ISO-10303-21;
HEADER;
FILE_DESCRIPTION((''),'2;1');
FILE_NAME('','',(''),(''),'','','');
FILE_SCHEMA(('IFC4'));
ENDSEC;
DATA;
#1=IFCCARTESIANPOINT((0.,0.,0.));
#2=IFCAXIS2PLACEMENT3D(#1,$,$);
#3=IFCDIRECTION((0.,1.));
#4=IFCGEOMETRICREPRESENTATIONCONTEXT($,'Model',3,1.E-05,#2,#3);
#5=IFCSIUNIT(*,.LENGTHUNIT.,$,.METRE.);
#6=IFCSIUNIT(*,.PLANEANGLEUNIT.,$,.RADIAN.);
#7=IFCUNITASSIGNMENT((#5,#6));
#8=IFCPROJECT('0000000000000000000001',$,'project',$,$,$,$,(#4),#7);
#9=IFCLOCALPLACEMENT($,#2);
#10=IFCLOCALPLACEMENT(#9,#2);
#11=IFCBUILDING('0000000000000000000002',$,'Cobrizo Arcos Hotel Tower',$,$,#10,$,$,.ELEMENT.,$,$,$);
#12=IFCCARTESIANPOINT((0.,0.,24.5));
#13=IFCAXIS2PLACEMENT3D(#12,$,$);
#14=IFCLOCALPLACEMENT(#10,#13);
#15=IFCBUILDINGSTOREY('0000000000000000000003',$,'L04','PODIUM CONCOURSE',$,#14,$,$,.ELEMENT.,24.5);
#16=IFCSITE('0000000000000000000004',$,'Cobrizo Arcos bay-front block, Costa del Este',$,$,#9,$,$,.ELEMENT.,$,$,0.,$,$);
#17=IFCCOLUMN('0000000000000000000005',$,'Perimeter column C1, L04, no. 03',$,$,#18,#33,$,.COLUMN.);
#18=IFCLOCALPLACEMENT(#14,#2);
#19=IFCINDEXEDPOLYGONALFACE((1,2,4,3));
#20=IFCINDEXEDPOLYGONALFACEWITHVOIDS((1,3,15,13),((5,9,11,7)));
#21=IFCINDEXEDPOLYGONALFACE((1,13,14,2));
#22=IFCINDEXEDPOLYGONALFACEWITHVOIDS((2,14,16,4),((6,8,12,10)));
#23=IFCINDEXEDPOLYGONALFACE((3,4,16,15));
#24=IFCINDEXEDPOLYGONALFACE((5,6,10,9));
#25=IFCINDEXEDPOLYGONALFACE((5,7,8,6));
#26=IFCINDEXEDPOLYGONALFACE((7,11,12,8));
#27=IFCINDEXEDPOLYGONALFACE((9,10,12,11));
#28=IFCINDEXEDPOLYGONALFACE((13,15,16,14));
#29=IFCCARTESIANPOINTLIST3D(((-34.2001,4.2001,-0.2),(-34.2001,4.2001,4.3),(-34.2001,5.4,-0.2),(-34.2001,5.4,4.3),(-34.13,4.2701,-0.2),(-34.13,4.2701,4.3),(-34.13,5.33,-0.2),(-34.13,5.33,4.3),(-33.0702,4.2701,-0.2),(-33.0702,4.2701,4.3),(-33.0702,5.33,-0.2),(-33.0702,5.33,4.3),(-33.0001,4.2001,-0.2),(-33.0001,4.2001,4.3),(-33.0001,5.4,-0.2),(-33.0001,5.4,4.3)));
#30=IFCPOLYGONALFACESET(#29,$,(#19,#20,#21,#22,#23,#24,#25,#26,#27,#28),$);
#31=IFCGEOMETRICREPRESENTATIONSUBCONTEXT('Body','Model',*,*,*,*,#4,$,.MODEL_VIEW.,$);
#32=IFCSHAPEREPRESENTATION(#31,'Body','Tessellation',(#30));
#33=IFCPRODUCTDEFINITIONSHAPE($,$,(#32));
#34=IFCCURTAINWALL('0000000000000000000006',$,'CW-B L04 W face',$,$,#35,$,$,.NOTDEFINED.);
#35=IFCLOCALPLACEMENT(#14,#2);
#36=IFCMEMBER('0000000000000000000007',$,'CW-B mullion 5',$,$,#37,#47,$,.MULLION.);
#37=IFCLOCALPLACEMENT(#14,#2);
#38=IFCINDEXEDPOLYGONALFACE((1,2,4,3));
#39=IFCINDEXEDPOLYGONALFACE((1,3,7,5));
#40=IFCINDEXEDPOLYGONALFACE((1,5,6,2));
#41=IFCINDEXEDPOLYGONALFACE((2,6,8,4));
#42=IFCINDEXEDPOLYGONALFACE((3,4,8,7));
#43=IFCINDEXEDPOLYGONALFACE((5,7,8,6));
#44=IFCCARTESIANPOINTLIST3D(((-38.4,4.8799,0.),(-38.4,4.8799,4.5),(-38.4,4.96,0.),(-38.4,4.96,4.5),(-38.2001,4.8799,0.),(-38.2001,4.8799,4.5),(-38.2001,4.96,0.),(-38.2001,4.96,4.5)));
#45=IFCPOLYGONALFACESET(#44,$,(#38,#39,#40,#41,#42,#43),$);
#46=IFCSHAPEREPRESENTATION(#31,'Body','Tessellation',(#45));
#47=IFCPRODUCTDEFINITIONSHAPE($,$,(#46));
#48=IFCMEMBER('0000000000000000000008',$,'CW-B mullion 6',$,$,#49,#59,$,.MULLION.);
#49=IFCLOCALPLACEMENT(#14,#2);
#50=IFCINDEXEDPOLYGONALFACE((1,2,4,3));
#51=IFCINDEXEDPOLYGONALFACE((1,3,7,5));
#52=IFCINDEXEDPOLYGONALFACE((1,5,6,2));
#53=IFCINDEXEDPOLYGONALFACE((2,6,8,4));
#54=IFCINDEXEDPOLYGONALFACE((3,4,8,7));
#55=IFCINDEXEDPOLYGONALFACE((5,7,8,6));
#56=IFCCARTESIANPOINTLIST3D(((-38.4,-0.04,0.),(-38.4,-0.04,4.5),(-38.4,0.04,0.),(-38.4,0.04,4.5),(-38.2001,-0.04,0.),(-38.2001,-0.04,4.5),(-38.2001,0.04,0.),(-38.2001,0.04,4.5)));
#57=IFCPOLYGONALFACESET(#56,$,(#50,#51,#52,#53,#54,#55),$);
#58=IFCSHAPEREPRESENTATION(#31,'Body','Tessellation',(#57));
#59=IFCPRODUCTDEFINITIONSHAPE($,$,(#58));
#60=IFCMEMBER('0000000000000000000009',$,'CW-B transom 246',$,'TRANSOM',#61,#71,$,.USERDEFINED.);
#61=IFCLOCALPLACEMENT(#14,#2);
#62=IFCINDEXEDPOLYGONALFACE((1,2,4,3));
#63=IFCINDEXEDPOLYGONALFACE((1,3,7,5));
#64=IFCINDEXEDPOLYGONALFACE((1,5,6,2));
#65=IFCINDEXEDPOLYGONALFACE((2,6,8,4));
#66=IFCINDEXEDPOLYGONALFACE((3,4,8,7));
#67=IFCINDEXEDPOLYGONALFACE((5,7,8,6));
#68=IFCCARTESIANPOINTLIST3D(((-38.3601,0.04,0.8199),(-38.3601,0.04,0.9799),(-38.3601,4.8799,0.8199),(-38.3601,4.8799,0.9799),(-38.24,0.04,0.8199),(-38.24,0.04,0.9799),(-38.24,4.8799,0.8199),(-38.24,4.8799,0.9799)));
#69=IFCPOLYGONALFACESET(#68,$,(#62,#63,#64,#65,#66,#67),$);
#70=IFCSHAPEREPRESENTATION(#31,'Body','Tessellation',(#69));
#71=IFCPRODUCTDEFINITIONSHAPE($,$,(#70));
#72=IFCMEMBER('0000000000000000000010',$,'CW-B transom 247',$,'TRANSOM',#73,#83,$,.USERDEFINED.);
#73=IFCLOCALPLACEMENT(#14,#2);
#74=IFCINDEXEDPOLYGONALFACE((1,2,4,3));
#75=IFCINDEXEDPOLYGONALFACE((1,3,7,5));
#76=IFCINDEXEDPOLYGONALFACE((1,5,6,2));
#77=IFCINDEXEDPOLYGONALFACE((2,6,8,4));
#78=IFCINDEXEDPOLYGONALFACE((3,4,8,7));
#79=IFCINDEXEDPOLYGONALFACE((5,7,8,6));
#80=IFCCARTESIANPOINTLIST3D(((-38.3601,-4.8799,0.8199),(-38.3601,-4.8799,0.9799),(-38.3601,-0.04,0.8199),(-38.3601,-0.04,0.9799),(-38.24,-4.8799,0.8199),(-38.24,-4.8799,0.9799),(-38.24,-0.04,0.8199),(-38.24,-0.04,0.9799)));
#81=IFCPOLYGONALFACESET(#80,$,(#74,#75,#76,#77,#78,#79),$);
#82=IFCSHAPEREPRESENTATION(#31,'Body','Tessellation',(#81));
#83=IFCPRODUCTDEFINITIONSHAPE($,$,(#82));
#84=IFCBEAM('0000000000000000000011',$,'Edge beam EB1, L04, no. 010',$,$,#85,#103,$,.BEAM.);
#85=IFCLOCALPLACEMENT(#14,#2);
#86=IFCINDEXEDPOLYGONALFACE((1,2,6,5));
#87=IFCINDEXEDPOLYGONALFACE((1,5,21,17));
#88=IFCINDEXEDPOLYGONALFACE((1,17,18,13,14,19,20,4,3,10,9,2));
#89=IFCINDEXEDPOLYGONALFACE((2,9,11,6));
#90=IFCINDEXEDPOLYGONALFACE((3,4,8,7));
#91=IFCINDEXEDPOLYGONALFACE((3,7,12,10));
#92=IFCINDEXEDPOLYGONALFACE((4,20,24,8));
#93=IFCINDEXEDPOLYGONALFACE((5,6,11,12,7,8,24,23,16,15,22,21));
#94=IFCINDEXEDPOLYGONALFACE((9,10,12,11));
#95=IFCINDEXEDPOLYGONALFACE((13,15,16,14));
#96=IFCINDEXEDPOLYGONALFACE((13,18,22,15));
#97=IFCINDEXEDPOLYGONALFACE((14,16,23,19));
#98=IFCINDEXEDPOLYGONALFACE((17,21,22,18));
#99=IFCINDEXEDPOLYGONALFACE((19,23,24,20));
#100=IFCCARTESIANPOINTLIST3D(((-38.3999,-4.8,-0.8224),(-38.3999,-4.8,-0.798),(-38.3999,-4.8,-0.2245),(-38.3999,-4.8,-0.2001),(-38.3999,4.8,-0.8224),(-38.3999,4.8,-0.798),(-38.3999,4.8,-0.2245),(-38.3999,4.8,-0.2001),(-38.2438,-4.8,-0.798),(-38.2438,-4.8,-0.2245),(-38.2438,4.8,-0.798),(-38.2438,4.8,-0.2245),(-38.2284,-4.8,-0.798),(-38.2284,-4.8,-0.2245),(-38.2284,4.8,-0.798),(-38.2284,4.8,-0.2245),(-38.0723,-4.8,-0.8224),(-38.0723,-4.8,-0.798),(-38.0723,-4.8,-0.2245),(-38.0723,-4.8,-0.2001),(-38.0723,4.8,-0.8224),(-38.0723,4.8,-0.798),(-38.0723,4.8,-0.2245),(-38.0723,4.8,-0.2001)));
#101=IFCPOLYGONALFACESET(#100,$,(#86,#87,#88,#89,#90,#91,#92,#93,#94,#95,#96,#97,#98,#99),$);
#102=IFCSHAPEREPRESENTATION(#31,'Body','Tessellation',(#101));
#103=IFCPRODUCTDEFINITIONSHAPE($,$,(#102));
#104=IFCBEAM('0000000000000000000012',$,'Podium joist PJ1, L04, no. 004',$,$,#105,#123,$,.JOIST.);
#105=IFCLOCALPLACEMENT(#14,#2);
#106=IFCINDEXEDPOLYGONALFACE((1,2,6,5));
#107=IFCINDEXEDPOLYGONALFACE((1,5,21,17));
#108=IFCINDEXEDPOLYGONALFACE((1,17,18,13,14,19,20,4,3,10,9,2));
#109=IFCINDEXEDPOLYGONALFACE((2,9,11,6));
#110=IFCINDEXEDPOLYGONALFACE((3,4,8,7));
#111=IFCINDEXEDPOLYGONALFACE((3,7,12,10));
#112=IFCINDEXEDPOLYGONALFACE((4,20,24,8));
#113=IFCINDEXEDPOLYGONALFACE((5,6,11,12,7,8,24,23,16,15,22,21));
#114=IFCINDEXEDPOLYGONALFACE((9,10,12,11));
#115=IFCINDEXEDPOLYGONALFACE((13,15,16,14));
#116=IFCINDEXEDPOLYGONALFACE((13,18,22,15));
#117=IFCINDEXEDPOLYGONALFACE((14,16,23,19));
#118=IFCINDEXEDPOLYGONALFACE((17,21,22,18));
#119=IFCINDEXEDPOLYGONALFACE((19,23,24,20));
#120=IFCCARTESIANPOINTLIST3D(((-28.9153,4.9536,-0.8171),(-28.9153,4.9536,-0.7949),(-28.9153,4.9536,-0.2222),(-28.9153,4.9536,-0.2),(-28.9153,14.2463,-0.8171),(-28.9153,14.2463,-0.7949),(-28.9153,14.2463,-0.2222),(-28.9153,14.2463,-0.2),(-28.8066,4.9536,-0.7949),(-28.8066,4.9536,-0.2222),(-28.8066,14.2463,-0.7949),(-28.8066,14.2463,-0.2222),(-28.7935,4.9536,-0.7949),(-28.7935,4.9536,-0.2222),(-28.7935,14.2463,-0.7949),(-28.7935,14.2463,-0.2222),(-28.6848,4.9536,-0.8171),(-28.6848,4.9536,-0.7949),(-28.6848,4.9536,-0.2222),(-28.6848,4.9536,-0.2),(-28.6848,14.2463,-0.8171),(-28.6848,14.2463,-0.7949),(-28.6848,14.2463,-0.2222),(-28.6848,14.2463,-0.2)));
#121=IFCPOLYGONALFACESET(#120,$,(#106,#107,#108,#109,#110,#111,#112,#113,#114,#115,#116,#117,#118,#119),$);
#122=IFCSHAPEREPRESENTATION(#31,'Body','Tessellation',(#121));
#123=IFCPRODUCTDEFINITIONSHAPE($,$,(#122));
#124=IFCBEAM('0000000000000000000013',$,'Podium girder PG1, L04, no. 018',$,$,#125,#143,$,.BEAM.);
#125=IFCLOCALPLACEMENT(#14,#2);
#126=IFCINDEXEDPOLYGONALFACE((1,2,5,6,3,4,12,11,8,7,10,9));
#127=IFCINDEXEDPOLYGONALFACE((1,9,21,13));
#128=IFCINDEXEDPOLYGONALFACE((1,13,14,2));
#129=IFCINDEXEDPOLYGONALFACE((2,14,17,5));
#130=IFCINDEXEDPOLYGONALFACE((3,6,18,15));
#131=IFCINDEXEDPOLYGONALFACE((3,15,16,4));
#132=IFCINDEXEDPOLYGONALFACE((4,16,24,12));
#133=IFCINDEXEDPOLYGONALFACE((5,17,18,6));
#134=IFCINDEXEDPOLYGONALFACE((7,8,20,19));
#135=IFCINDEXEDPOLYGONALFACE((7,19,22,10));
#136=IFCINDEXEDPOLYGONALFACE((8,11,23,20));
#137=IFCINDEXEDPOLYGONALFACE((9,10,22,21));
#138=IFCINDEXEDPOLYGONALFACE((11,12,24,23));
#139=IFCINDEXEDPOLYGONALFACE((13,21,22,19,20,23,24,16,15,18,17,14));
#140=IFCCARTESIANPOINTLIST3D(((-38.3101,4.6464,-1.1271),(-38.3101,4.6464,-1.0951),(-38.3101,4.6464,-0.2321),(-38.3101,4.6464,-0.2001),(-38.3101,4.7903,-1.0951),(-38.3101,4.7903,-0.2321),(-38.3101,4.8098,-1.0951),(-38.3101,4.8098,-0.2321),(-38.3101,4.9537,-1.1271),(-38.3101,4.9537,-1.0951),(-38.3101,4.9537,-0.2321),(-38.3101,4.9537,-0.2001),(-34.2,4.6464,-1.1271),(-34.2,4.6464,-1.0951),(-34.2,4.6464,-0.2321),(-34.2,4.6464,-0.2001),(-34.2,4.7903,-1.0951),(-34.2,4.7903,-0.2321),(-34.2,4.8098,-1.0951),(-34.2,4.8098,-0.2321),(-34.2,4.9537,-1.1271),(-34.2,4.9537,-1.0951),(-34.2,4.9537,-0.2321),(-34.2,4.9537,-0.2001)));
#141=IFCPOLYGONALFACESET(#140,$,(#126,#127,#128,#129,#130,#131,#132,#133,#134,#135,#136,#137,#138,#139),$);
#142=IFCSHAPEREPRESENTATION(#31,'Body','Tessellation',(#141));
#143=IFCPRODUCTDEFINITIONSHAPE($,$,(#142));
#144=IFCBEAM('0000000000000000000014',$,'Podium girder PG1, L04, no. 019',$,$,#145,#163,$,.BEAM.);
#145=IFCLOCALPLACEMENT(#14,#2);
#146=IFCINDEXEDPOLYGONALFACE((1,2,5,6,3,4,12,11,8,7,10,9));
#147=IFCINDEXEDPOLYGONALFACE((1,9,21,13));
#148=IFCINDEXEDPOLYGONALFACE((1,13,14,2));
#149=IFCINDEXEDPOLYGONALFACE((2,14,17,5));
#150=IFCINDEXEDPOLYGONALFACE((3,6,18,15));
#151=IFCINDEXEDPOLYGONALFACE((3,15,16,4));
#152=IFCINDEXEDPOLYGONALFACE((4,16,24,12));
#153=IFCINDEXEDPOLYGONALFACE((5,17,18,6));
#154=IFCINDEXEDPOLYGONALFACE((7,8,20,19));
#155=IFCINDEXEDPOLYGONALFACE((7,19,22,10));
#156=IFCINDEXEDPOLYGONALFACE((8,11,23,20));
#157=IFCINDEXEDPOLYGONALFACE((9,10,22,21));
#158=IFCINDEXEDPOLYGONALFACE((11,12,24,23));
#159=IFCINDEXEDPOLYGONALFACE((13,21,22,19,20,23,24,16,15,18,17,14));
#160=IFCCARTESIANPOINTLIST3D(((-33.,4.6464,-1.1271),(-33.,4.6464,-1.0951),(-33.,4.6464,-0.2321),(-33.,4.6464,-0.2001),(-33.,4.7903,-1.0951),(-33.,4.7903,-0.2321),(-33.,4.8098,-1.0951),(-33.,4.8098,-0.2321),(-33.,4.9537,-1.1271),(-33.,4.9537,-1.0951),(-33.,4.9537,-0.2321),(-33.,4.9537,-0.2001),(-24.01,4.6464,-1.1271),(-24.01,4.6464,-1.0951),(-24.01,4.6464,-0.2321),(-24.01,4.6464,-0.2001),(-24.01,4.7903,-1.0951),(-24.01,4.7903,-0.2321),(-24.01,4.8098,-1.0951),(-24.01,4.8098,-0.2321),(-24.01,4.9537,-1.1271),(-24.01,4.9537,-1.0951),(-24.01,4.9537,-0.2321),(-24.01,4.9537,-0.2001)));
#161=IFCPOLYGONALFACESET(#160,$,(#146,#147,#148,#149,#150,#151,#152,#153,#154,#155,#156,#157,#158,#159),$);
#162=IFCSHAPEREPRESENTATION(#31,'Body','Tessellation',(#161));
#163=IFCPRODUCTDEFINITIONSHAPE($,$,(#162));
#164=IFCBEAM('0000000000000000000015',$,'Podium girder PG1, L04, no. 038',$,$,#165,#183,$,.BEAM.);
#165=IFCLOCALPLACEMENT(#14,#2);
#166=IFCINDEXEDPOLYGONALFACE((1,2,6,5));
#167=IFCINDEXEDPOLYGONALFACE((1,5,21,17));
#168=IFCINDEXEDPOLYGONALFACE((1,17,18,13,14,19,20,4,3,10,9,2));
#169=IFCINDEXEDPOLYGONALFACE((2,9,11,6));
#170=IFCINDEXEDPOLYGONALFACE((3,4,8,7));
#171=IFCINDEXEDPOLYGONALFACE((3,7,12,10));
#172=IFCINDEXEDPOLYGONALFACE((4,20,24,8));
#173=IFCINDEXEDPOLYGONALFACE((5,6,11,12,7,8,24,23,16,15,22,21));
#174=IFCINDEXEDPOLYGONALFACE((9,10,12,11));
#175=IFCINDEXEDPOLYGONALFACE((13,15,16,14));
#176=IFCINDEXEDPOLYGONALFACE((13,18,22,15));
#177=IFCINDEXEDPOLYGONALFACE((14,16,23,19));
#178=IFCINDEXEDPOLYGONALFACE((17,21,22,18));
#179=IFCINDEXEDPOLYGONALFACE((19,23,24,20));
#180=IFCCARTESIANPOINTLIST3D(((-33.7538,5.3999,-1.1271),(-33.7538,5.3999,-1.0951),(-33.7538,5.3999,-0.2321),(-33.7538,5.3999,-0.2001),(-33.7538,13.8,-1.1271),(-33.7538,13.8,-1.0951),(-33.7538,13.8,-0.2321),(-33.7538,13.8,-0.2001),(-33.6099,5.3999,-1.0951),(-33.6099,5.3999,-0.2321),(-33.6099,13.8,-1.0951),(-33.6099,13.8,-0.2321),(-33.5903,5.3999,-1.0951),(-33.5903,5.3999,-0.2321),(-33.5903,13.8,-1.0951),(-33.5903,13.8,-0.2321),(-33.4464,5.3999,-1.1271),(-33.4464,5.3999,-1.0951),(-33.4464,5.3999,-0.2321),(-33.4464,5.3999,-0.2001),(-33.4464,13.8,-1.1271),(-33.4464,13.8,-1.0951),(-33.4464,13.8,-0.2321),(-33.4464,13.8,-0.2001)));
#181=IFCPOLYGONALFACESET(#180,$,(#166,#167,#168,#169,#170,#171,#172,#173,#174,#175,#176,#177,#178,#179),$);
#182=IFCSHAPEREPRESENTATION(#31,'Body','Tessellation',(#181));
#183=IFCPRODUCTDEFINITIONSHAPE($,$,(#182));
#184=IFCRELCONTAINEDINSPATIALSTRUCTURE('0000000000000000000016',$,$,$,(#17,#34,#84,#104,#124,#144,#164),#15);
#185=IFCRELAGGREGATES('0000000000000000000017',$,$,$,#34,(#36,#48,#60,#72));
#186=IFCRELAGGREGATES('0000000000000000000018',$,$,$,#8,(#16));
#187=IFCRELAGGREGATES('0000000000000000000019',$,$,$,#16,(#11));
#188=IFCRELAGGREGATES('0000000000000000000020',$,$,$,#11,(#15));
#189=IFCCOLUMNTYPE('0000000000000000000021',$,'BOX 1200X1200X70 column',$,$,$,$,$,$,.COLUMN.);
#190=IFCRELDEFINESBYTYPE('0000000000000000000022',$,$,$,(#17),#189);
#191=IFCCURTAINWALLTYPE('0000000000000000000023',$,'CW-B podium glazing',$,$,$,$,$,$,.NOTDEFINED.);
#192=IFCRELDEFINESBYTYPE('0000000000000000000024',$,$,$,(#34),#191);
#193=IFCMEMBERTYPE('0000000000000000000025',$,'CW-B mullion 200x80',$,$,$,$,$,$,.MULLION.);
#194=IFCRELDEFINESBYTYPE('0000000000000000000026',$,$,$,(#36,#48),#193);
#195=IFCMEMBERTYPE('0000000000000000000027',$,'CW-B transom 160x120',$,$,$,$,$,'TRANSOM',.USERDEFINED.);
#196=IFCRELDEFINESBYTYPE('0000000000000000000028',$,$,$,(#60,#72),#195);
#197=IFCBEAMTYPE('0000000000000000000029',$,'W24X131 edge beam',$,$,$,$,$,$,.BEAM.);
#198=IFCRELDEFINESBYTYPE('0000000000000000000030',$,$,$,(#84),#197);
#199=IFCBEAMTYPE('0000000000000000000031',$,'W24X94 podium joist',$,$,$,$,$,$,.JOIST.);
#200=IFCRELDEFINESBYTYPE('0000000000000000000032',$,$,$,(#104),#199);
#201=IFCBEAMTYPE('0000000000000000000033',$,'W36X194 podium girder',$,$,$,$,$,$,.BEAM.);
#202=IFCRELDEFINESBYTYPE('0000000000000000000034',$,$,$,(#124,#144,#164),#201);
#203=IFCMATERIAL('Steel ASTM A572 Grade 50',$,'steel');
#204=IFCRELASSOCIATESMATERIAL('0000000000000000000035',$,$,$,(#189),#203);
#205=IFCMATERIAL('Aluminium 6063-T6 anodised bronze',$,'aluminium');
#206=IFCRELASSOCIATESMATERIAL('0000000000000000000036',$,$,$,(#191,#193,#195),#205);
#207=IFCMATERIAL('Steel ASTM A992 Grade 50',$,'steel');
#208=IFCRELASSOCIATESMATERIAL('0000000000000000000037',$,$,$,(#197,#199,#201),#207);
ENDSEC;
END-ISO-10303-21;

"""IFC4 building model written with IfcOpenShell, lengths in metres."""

from ifc_helpers import new_model, si_unit, direction, frame, origin, origin_2d, place, context, subcontext, project, spatial, rectangle, hollow_rectangle, i_section, extrude, material, material_profile, profile_set, type_object, element, aggregate, save


model = new_model("IFC4")

# Units and contexts
model_context = context("Model", 3, precision=1e-05, world=origin(), true_north=direction((0.0, 1.0)))
body_context = subcontext(model_context, "Body", "Model", "MODEL_VIEW")
ifc_project = project(units=[si_unit("LENGTHUNIT", "METRE"), si_unit("PLANEANGLEUNIT", "RADIAN")], contexts=[model_context])

# Site, building, storey
site_placement = place(None, origin())
site = spatial("IfcSite", under=ifc_project, at=site_placement, Name="Cobrizo Arcos bay-front block, Costa del Este", CompositionType="ELEMENT", RefElevation=0.0)
building_placement = place(site_placement, origin())
building = spatial("IfcBuilding", under=site, at=building_placement, Name="Cobrizo Arcos Hotel Tower", CompositionType="ELEMENT")
storey_placement = place(building_placement, frame((0.0, 0.0, 24.5)))
storey = spatial("IfcBuildingStorey", under=building, at=storey_placement, Name="L04", Description="PODIUM CONCOURSE", CompositionType="ELEMENT", Elevation=24.5)

# Column
ifc_material_1 = material(Name="Steel ASTM A572 Grade 50", Category="steel")
ifc_material_profile_1 = material_profile(ifc_material_1, hollow_rectangle(XDim=1.2, YDim=1.2, WallThickness=0.0701, at=origin_2d()), Name="BOX 1200X1200X70")
ifc_profile_set_1 = profile_set([ifc_material_profile_1], Name="Steel ASTM A572 Grade 50")
column_type = type_object("IfcColumnType", Name="BOX 1200X1200X70 column", PredefinedType="COLUMN", material=ifc_profile_set_1)
column_placement = place(storey_placement, frame((-33.6001, 4.8, -0.2), z_axis=(0.0, 0.0, 1.0), x_axis=(1.0, 0.0, 0.0)))
element("IfcColumn", 1, at=column_placement, inside=storey, type_object=column_type, Name="Perimeter column C1, L04, no. 03", PredefinedType="COLUMN", context=body_context, shape_type="SweptSolid", body=[
    extrude(hollow_rectangle(XDim=1.2, YDim=1.2, WallThickness=0.0701, at=origin_2d()), origin(), (0.0, 0.0, 1.0), 4.5),
])

# Curtain wall, members
ifc_material_2 = material(Name="Aluminium 6063-T6 anodised bronze", Category="aluminium")
curtain_wall_type = type_object("IfcCurtainWallType", Name="CW-B podium glazing", PredefinedType="NOTDEFINED", material=ifc_material_2)
curtain_wall_placement = place(storey_placement, origin())
curtain_wall = element("IfcCurtainWall", 2, at=curtain_wall_placement, inside=storey, type_object=curtain_wall_type, Name="CW-B L04 W face", PredefinedType="NOTDEFINED")
ifc_material_profile_2 = material_profile(ifc_material_2, rectangle(XDim=0.2, YDim=0.0801, at=origin_2d()), Name="CW-B mullion 200x80")
ifc_profile_set_2 = profile_set([ifc_material_profile_2], Name="Aluminium 6063-T6 anodised bronze")
member_type_1 = type_object("IfcMemberType", Name="CW-B mullion 200x80", PredefinedType="MULLION", material=ifc_profile_set_2)
member_1_placement = place(storey_placement, frame((-38.3, 4.9199, 0.0), z_axis=(0.0, 0.0, 1.0), x_axis=(-1.0, 0.0, 0.0)))
member_1 = element("IfcMember", 3, at=member_1_placement, type_object=member_type_1, Name="CW-B mullion 5", PredefinedType="MULLION", context=body_context, shape_type="SweptSolid", body=[
    extrude(rectangle(XDim=0.2, YDim=0.0801, at=origin_2d()), origin(), (0.0, 0.0, 1.0), 4.5),
])
member_2_placement = place(storey_placement, frame((-38.3, 0.0, 0.0), z_axis=(0.0, 0.0, 1.0), x_axis=(-1.0, 0.0, 0.0)))
member_2 = element("IfcMember", 4, at=member_2_placement, type_object=member_type_1, Name="CW-B mullion 6", PredefinedType="MULLION", context=body_context, shape_type="SweptSolid", body=[
    extrude(rectangle(XDim=0.2, YDim=0.0801, at=origin_2d()), origin(), (0.0, 0.0, 1.0), 4.5),
])
ifc_material_profile_3 = material_profile(ifc_material_2, rectangle(XDim=0.1201, YDim=0.1599, at=origin_2d()), Name="CW-B transom 160x120")
ifc_profile_set_3 = profile_set([ifc_material_profile_3], Name="Aluminium 6063-T6 anodised bronze")
member_type_2 = type_object("IfcMemberType", Name="CW-B transom 160x120", ElementType="TRANSOM", PredefinedType="USERDEFINED", material=ifc_profile_set_3)
member_3_placement = place(storey_placement, frame((-38.3, 4.8799, 0.8999), z_axis=(0.0, -1.0, 0.0), x_axis=(1.0, 0.0, 0.0)))
member_3 = element("IfcMember", 5, at=member_3_placement, type_object=member_type_2, Name="CW-B transom 246", ObjectType="TRANSOM", PredefinedType="USERDEFINED", context=body_context, shape_type="SweptSolid", body=[
    extrude(rectangle(XDim=0.1201, YDim=0.1599, at=origin_2d()), origin(), (0.0, 0.0, 1.0), 4.8398),
])
member_4_placement = place(storey_placement, frame((-38.3, -0.04, 0.8999), z_axis=(0.0, -1.0, 0.0), x_axis=(1.0, 0.0, 0.0)))
member_4 = element("IfcMember", 6, at=member_4_placement, type_object=member_type_2, Name="CW-B transom 247", ObjectType="TRANSOM", PredefinedType="USERDEFINED", context=body_context, shape_type="SweptSolid", body=[
    extrude(rectangle(XDim=0.1201, YDim=0.1599, at=origin_2d()), origin(), (0.0, 0.0, 1.0), 4.8398),
])

# Beams
ifc_material_3 = material(Name="Steel ASTM A992 Grade 50", Category="steel")
ifc_material_profile_4 = material_profile(ifc_material_3, i_section(OverallWidth=0.3276, OverallDepth=0.6223, WebThickness=0.0154, FlangeThickness=0.0244, at=origin_2d()), Name="W24X131")
ifc_profile_set_4 = profile_set([ifc_material_profile_4], Name="Steel ASTM A992 Grade 50")
beam_type_1 = type_object("IfcBeamType", Name="W24X131 edge beam", PredefinedType="BEAM", material=ifc_profile_set_4)
beam_1_placement = place(storey_placement, frame((-38.2361, 4.8, -0.5112), z_axis=(0.0, -1.0, 0.0), x_axis=(1.0, 0.0, 0.0)))
element("IfcBeam", 7, at=beam_1_placement, inside=storey, type_object=beam_type_1, Name="Edge beam EB1, L04, no. 010", PredefinedType="BEAM", context=body_context, shape_type="SweptSolid", body=[
    extrude(i_section(OverallWidth=0.3276, OverallDepth=0.6223, WebThickness=0.0154, FlangeThickness=0.0244, at=origin_2d()), origin(), (0.0, 0.0, 1.0), 9.6001),
])
ifc_material_profile_5 = material_profile(ifc_material_3, i_section(OverallWidth=0.2305, OverallDepth=0.6172, WebThickness=0.0132, FlangeThickness=0.0222, at=origin_2d()), Name="W24X94")
ifc_profile_set_5 = profile_set([ifc_material_profile_5], Name="Steel ASTM A992 Grade 50")
beam_type_2 = type_object("IfcBeamType", Name="W24X94 podium joist", PredefinedType="JOIST", material=ifc_profile_set_5)
beam_2_placement = place(storey_placement, frame((-28.8, 4.9536, -0.5085), z_axis=(0.0, 1.0, 0.0), x_axis=(-1.0, 0.0, 0.0)))
element("IfcBeam", 8, at=beam_2_placement, inside=storey, type_object=beam_type_2, Name="Podium joist PJ1, L04, no. 004", PredefinedType="JOIST", context=body_context, shape_type="SweptSolid", body=[
    extrude(i_section(OverallWidth=0.2305, OverallDepth=0.6172, WebThickness=0.0132, FlangeThickness=0.0222, at=origin_2d()), origin(), (0.0, 0.0, 1.0), 9.2927),
])
ifc_material_profile_6 = material_profile(ifc_material_3, i_section(OverallWidth=0.3074, OverallDepth=0.927, WebThickness=0.0195, FlangeThickness=0.032, at=origin_2d()), Name="W36X194")
ifc_profile_set_6 = profile_set([ifc_material_profile_6], Name="Steel ASTM A992 Grade 50")
beam_type_3 = type_object("IfcBeamType", Name="W36X194 podium girder", PredefinedType="BEAM", material=ifc_profile_set_6)
beam_3_placement = place(storey_placement, frame((-38.3101, 4.8, -0.6636), z_axis=(1.0, 0.0, 0.0), x_axis=(0.0, 1.0, 0.0)))
element("IfcBeam", 9, at=beam_3_placement, inside=storey, type_object=beam_type_3, Name="Podium girder PG1, L04, no. 018", PredefinedType="BEAM", context=body_context, shape_type="SweptSolid", body=[
    extrude(i_section(OverallWidth=0.3074, OverallDepth=0.927, WebThickness=0.0195, FlangeThickness=0.032, at=origin_2d()), origin(), (0.0, 0.0, 1.0), 4.1101),
])
beam_4_placement = place(storey_placement, frame((-33.0, 4.8, -0.6636), z_axis=(1.0, 0.0, 0.0), x_axis=(0.0, 1.0, 0.0)))
element("IfcBeam", 10, at=beam_4_placement, inside=storey, type_object=beam_type_3, Name="Podium girder PG1, L04, no. 019", PredefinedType="BEAM", context=body_context, shape_type="SweptSolid", body=[
    extrude(i_section(OverallWidth=0.3074, OverallDepth=0.927, WebThickness=0.0195, FlangeThickness=0.032, at=origin_2d()), origin(), (0.0, 0.0, 1.0), 8.99),
])
beam_5_placement = place(storey_placement, frame((-33.6001, 5.3999, -0.6636), z_axis=(0.0, 1.0, 0.0), x_axis=(-1.0, 0.0, 0.0)))
element("IfcBeam", 11, at=beam_5_placement, inside=storey, type_object=beam_type_3, Name="Podium girder PG1, L04, no. 038", PredefinedType="BEAM", context=body_context, shape_type="SweptSolid", body=[
    extrude(i_section(OverallWidth=0.3074, OverallDepth=0.927, WebThickness=0.0195, FlangeThickness=0.032, at=origin_2d()), origin(), (0.0, 0.0, 1.0), 8.4001),
])

aggregate(curtain_wall, [member_1, member_2, member_3, member_4])

save(model, "model.ifc")
